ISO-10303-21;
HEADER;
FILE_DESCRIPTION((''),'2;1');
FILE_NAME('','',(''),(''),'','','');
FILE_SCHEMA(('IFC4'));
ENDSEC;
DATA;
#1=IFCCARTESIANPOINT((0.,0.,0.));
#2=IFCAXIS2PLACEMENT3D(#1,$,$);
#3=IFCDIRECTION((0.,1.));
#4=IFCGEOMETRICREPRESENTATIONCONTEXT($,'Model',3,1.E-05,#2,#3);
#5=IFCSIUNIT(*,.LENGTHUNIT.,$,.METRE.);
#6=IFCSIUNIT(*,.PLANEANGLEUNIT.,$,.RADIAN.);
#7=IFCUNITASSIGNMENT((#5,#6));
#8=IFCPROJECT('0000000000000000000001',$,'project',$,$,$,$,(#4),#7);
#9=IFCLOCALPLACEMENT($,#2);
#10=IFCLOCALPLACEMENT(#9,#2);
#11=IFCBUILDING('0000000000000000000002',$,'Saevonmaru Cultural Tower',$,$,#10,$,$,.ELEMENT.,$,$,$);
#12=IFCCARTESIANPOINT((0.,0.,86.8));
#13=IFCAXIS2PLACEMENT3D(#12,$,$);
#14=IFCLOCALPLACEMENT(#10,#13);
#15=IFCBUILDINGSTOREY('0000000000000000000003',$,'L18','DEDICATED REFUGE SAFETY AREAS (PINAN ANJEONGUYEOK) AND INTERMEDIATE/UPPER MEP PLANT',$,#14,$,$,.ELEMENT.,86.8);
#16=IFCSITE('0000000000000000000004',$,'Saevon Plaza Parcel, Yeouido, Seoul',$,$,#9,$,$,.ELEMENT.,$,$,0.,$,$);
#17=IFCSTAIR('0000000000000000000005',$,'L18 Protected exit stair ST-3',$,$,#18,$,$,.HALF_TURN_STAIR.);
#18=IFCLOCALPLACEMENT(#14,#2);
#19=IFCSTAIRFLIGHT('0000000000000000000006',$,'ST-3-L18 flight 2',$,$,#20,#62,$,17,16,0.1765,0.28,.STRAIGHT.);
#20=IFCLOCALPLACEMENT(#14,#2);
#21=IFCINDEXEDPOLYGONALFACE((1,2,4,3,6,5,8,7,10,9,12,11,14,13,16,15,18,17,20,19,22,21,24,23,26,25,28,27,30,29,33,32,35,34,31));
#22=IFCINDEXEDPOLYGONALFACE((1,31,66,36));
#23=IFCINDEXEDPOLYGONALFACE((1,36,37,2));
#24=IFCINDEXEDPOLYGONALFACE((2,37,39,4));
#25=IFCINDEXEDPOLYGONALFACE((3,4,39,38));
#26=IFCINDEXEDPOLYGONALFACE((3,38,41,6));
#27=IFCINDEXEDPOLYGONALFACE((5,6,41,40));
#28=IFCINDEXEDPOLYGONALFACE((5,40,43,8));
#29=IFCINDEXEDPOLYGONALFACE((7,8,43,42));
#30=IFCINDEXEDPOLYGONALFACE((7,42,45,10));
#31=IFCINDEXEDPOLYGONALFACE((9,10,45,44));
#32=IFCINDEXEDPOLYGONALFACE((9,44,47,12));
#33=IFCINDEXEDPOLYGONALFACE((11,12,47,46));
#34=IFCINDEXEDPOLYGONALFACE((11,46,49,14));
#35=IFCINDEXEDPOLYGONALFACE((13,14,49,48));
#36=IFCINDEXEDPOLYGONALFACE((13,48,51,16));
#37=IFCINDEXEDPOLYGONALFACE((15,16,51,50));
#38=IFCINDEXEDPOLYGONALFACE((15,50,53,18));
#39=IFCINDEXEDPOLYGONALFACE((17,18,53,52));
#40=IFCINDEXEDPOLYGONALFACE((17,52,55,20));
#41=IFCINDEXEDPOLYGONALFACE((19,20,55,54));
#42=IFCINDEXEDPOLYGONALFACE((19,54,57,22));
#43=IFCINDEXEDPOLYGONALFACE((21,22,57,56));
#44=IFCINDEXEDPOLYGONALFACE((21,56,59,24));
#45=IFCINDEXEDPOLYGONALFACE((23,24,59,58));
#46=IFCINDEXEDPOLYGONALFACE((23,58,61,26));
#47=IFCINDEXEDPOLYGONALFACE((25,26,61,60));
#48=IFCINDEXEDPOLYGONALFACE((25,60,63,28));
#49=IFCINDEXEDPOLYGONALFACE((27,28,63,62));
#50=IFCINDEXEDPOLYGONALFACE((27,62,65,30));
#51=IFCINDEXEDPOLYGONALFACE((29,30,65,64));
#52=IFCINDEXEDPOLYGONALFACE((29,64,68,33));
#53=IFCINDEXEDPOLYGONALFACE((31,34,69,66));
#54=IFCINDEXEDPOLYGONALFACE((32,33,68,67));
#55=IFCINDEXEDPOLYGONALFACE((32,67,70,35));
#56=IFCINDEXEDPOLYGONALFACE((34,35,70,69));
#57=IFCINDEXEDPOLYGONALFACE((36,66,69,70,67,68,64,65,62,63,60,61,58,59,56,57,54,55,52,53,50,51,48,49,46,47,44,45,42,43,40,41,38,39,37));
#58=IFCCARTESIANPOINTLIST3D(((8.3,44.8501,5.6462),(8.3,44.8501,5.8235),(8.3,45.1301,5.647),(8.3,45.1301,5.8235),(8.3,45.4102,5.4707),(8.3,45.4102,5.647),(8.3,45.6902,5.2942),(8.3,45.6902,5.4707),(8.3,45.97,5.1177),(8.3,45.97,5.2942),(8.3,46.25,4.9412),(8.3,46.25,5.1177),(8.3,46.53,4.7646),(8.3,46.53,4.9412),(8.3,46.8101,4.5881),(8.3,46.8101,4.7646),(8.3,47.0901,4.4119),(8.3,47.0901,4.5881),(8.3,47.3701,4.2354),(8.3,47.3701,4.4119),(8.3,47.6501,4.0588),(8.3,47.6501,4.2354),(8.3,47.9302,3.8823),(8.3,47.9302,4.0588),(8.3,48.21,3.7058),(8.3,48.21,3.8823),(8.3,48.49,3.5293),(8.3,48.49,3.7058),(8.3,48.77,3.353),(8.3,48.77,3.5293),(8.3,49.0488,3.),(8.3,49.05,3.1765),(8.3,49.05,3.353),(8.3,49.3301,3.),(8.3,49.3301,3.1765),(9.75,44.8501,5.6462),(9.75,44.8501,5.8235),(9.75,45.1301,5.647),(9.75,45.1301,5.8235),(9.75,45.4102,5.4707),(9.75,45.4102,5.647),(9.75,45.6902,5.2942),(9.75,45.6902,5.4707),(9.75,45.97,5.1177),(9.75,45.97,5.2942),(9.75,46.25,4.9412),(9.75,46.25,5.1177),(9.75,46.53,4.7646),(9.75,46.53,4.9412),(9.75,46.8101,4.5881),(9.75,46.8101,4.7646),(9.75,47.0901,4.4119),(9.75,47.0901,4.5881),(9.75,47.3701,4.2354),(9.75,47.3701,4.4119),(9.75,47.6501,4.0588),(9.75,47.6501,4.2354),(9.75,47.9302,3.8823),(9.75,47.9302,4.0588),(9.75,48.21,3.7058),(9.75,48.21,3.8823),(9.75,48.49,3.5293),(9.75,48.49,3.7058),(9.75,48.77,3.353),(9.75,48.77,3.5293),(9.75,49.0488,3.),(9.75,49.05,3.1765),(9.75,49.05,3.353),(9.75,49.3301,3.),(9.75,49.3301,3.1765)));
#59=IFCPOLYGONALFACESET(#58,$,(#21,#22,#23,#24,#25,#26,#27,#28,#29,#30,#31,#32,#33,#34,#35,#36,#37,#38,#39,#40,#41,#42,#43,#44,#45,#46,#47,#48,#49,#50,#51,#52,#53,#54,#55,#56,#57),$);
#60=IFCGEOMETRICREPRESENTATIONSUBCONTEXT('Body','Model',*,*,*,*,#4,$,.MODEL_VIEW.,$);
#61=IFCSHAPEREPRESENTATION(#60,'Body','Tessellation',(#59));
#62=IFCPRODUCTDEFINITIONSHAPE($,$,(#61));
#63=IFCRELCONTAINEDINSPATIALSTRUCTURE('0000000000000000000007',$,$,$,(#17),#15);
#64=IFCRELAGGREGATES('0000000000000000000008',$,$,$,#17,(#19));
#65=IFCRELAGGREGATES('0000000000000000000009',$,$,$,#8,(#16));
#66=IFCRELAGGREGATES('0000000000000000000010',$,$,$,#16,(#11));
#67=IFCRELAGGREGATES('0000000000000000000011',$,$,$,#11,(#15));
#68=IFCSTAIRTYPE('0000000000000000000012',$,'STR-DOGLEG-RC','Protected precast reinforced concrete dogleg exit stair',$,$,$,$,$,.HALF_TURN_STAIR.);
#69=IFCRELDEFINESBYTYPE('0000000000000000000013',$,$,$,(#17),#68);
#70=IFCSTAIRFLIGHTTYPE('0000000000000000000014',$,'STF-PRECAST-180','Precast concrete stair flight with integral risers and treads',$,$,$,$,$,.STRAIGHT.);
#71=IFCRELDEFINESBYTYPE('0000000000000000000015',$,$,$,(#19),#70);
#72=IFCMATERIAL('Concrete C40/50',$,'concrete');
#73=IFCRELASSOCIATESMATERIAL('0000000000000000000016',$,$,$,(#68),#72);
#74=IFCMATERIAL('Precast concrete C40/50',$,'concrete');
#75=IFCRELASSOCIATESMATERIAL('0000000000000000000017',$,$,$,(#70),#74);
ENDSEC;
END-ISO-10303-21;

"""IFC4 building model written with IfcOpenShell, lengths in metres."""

from ifc_helpers import new_model, si_unit, direction, frame, origin, place, context, subcontext, project, spatial, polyline, outline, extrude, material, type_object, element, aggregate, save


model = new_model("IFC4")

# Units and contexts
model_context = context("Model", 3, precision=1e-05, world=origin(), true_north=direction((0.0, 1.0)))
body_context = subcontext(model_context, "Body", "Model", "MODEL_VIEW")
ifc_project = project(units=[si_unit("LENGTHUNIT", "METRE"), si_unit("PLANEANGLEUNIT", "RADIAN")], contexts=[model_context])

# Site, building, storey
site_placement = place(None, origin())
site = spatial("IfcSite", under=ifc_project, at=site_placement, Name="Saevon Plaza Parcel, Yeouido, Seoul", CompositionType="ELEMENT", RefElevation=0.0)
building_placement = place(site_placement, origin())
building = spatial("IfcBuilding", under=site, at=building_placement, Name="Saevonmaru Cultural Tower", CompositionType="ELEMENT")
storey_placement = place(building_placement, frame((0.0, 0.0, 86.8)))
storey = spatial("IfcBuildingStorey", under=building, at=storey_placement, Name="L18", Description="DEDICATED REFUGE SAFETY AREAS (PINAN ANJEONGUYEOK) AND INTERMEDIATE/UPPER MEP PLANT", CompositionType="ELEMENT", Elevation=86.8)

# Shared definitions
ifc_material_1 = material(Name="Concrete C40/50", Category="concrete")

# Stair, stair flight
stair_type = type_object("IfcStairType", Name="STR-DOGLEG-RC", Description="Protected precast reinforced concrete dogleg exit stair", PredefinedType="HALF_TURN_STAIR", material=ifc_material_1)
stair_placement = place(storey_placement, origin())
stair = element("IfcStair", 1, at=stair_placement, inside=storey, type_object=stair_type, Name="L18 Protected exit stair ST-3", PredefinedType="HALF_TURN_STAIR")
ifc_material_2 = material(Name="Precast concrete C40/50", Category="concrete")
stair_flight_type = type_object("IfcStairFlightType", Name="STF-PRECAST-180", Description="Precast concrete stair flight with integral risers and treads", PredefinedType="STRAIGHT", material=ifc_material_2)
stair_flight_1_placement = place(storey_placement, frame((9.0249, 49.3301, 3.0), z_axis=(0.0, 0.0, 1.0), x_axis=(0.0, -1.0, 0.0)))
stair_flight_1 = element("IfcStairFlight", 2, at=stair_flight_1_placement, type_object=stair_flight_type, Name="ST-3-L18 flight 2", NumberOfRisers=17, NumberOfTreads=16, PredefinedType="STRAIGHT", RiserHeight=0.1765, TreadLength=0.28, context=body_context, shape_type="SweptSolid", body=[
    extrude(outline(polyline([(0.0, 0.0), (0.0, 0.1765), (0.28, 0.1765), (0.28, 0.353), (0.5601, 0.353), (0.5601, 0.5293), (0.8401, 0.5293), (0.8401, 0.7058), (1.1201, 0.7058), (1.1201, 0.8823), (1.3999, 0.8823), (1.3999, 1.0588), (1.6799, 1.0588), (1.6799, 1.2354), (1.96, 1.2354), (1.96, 1.4119), (2.24, 1.4119), (2.24, 1.5881), (2.52, 1.5881), (2.52, 1.7646), (2.8, 1.7646), (2.8, 1.9412), (3.0801, 1.9412), (3.0801, 2.1177), (3.3601, 2.1177), (3.3601, 2.2942), (3.6399, 2.2942), (3.6399, 2.4707), (3.9199, 2.4707), (3.9199, 2.647), (4.2, 2.647), (4.2, 2.8235), (4.48, 2.8235), (4.48, 3.0), (4.48, 2.6462), (0.2812, 0.0), (0.0, 0.0)])), frame((0.0, 0.7251, 0.0), z_axis=(0.0, -1.0, 0.0), x_axis=(1.0, 0.0, 0.0)), (0.0, 0.0, 1.0), 1.45),
])
aggregate(stair, [stair_flight_1])

save(model, "model.ifc")
